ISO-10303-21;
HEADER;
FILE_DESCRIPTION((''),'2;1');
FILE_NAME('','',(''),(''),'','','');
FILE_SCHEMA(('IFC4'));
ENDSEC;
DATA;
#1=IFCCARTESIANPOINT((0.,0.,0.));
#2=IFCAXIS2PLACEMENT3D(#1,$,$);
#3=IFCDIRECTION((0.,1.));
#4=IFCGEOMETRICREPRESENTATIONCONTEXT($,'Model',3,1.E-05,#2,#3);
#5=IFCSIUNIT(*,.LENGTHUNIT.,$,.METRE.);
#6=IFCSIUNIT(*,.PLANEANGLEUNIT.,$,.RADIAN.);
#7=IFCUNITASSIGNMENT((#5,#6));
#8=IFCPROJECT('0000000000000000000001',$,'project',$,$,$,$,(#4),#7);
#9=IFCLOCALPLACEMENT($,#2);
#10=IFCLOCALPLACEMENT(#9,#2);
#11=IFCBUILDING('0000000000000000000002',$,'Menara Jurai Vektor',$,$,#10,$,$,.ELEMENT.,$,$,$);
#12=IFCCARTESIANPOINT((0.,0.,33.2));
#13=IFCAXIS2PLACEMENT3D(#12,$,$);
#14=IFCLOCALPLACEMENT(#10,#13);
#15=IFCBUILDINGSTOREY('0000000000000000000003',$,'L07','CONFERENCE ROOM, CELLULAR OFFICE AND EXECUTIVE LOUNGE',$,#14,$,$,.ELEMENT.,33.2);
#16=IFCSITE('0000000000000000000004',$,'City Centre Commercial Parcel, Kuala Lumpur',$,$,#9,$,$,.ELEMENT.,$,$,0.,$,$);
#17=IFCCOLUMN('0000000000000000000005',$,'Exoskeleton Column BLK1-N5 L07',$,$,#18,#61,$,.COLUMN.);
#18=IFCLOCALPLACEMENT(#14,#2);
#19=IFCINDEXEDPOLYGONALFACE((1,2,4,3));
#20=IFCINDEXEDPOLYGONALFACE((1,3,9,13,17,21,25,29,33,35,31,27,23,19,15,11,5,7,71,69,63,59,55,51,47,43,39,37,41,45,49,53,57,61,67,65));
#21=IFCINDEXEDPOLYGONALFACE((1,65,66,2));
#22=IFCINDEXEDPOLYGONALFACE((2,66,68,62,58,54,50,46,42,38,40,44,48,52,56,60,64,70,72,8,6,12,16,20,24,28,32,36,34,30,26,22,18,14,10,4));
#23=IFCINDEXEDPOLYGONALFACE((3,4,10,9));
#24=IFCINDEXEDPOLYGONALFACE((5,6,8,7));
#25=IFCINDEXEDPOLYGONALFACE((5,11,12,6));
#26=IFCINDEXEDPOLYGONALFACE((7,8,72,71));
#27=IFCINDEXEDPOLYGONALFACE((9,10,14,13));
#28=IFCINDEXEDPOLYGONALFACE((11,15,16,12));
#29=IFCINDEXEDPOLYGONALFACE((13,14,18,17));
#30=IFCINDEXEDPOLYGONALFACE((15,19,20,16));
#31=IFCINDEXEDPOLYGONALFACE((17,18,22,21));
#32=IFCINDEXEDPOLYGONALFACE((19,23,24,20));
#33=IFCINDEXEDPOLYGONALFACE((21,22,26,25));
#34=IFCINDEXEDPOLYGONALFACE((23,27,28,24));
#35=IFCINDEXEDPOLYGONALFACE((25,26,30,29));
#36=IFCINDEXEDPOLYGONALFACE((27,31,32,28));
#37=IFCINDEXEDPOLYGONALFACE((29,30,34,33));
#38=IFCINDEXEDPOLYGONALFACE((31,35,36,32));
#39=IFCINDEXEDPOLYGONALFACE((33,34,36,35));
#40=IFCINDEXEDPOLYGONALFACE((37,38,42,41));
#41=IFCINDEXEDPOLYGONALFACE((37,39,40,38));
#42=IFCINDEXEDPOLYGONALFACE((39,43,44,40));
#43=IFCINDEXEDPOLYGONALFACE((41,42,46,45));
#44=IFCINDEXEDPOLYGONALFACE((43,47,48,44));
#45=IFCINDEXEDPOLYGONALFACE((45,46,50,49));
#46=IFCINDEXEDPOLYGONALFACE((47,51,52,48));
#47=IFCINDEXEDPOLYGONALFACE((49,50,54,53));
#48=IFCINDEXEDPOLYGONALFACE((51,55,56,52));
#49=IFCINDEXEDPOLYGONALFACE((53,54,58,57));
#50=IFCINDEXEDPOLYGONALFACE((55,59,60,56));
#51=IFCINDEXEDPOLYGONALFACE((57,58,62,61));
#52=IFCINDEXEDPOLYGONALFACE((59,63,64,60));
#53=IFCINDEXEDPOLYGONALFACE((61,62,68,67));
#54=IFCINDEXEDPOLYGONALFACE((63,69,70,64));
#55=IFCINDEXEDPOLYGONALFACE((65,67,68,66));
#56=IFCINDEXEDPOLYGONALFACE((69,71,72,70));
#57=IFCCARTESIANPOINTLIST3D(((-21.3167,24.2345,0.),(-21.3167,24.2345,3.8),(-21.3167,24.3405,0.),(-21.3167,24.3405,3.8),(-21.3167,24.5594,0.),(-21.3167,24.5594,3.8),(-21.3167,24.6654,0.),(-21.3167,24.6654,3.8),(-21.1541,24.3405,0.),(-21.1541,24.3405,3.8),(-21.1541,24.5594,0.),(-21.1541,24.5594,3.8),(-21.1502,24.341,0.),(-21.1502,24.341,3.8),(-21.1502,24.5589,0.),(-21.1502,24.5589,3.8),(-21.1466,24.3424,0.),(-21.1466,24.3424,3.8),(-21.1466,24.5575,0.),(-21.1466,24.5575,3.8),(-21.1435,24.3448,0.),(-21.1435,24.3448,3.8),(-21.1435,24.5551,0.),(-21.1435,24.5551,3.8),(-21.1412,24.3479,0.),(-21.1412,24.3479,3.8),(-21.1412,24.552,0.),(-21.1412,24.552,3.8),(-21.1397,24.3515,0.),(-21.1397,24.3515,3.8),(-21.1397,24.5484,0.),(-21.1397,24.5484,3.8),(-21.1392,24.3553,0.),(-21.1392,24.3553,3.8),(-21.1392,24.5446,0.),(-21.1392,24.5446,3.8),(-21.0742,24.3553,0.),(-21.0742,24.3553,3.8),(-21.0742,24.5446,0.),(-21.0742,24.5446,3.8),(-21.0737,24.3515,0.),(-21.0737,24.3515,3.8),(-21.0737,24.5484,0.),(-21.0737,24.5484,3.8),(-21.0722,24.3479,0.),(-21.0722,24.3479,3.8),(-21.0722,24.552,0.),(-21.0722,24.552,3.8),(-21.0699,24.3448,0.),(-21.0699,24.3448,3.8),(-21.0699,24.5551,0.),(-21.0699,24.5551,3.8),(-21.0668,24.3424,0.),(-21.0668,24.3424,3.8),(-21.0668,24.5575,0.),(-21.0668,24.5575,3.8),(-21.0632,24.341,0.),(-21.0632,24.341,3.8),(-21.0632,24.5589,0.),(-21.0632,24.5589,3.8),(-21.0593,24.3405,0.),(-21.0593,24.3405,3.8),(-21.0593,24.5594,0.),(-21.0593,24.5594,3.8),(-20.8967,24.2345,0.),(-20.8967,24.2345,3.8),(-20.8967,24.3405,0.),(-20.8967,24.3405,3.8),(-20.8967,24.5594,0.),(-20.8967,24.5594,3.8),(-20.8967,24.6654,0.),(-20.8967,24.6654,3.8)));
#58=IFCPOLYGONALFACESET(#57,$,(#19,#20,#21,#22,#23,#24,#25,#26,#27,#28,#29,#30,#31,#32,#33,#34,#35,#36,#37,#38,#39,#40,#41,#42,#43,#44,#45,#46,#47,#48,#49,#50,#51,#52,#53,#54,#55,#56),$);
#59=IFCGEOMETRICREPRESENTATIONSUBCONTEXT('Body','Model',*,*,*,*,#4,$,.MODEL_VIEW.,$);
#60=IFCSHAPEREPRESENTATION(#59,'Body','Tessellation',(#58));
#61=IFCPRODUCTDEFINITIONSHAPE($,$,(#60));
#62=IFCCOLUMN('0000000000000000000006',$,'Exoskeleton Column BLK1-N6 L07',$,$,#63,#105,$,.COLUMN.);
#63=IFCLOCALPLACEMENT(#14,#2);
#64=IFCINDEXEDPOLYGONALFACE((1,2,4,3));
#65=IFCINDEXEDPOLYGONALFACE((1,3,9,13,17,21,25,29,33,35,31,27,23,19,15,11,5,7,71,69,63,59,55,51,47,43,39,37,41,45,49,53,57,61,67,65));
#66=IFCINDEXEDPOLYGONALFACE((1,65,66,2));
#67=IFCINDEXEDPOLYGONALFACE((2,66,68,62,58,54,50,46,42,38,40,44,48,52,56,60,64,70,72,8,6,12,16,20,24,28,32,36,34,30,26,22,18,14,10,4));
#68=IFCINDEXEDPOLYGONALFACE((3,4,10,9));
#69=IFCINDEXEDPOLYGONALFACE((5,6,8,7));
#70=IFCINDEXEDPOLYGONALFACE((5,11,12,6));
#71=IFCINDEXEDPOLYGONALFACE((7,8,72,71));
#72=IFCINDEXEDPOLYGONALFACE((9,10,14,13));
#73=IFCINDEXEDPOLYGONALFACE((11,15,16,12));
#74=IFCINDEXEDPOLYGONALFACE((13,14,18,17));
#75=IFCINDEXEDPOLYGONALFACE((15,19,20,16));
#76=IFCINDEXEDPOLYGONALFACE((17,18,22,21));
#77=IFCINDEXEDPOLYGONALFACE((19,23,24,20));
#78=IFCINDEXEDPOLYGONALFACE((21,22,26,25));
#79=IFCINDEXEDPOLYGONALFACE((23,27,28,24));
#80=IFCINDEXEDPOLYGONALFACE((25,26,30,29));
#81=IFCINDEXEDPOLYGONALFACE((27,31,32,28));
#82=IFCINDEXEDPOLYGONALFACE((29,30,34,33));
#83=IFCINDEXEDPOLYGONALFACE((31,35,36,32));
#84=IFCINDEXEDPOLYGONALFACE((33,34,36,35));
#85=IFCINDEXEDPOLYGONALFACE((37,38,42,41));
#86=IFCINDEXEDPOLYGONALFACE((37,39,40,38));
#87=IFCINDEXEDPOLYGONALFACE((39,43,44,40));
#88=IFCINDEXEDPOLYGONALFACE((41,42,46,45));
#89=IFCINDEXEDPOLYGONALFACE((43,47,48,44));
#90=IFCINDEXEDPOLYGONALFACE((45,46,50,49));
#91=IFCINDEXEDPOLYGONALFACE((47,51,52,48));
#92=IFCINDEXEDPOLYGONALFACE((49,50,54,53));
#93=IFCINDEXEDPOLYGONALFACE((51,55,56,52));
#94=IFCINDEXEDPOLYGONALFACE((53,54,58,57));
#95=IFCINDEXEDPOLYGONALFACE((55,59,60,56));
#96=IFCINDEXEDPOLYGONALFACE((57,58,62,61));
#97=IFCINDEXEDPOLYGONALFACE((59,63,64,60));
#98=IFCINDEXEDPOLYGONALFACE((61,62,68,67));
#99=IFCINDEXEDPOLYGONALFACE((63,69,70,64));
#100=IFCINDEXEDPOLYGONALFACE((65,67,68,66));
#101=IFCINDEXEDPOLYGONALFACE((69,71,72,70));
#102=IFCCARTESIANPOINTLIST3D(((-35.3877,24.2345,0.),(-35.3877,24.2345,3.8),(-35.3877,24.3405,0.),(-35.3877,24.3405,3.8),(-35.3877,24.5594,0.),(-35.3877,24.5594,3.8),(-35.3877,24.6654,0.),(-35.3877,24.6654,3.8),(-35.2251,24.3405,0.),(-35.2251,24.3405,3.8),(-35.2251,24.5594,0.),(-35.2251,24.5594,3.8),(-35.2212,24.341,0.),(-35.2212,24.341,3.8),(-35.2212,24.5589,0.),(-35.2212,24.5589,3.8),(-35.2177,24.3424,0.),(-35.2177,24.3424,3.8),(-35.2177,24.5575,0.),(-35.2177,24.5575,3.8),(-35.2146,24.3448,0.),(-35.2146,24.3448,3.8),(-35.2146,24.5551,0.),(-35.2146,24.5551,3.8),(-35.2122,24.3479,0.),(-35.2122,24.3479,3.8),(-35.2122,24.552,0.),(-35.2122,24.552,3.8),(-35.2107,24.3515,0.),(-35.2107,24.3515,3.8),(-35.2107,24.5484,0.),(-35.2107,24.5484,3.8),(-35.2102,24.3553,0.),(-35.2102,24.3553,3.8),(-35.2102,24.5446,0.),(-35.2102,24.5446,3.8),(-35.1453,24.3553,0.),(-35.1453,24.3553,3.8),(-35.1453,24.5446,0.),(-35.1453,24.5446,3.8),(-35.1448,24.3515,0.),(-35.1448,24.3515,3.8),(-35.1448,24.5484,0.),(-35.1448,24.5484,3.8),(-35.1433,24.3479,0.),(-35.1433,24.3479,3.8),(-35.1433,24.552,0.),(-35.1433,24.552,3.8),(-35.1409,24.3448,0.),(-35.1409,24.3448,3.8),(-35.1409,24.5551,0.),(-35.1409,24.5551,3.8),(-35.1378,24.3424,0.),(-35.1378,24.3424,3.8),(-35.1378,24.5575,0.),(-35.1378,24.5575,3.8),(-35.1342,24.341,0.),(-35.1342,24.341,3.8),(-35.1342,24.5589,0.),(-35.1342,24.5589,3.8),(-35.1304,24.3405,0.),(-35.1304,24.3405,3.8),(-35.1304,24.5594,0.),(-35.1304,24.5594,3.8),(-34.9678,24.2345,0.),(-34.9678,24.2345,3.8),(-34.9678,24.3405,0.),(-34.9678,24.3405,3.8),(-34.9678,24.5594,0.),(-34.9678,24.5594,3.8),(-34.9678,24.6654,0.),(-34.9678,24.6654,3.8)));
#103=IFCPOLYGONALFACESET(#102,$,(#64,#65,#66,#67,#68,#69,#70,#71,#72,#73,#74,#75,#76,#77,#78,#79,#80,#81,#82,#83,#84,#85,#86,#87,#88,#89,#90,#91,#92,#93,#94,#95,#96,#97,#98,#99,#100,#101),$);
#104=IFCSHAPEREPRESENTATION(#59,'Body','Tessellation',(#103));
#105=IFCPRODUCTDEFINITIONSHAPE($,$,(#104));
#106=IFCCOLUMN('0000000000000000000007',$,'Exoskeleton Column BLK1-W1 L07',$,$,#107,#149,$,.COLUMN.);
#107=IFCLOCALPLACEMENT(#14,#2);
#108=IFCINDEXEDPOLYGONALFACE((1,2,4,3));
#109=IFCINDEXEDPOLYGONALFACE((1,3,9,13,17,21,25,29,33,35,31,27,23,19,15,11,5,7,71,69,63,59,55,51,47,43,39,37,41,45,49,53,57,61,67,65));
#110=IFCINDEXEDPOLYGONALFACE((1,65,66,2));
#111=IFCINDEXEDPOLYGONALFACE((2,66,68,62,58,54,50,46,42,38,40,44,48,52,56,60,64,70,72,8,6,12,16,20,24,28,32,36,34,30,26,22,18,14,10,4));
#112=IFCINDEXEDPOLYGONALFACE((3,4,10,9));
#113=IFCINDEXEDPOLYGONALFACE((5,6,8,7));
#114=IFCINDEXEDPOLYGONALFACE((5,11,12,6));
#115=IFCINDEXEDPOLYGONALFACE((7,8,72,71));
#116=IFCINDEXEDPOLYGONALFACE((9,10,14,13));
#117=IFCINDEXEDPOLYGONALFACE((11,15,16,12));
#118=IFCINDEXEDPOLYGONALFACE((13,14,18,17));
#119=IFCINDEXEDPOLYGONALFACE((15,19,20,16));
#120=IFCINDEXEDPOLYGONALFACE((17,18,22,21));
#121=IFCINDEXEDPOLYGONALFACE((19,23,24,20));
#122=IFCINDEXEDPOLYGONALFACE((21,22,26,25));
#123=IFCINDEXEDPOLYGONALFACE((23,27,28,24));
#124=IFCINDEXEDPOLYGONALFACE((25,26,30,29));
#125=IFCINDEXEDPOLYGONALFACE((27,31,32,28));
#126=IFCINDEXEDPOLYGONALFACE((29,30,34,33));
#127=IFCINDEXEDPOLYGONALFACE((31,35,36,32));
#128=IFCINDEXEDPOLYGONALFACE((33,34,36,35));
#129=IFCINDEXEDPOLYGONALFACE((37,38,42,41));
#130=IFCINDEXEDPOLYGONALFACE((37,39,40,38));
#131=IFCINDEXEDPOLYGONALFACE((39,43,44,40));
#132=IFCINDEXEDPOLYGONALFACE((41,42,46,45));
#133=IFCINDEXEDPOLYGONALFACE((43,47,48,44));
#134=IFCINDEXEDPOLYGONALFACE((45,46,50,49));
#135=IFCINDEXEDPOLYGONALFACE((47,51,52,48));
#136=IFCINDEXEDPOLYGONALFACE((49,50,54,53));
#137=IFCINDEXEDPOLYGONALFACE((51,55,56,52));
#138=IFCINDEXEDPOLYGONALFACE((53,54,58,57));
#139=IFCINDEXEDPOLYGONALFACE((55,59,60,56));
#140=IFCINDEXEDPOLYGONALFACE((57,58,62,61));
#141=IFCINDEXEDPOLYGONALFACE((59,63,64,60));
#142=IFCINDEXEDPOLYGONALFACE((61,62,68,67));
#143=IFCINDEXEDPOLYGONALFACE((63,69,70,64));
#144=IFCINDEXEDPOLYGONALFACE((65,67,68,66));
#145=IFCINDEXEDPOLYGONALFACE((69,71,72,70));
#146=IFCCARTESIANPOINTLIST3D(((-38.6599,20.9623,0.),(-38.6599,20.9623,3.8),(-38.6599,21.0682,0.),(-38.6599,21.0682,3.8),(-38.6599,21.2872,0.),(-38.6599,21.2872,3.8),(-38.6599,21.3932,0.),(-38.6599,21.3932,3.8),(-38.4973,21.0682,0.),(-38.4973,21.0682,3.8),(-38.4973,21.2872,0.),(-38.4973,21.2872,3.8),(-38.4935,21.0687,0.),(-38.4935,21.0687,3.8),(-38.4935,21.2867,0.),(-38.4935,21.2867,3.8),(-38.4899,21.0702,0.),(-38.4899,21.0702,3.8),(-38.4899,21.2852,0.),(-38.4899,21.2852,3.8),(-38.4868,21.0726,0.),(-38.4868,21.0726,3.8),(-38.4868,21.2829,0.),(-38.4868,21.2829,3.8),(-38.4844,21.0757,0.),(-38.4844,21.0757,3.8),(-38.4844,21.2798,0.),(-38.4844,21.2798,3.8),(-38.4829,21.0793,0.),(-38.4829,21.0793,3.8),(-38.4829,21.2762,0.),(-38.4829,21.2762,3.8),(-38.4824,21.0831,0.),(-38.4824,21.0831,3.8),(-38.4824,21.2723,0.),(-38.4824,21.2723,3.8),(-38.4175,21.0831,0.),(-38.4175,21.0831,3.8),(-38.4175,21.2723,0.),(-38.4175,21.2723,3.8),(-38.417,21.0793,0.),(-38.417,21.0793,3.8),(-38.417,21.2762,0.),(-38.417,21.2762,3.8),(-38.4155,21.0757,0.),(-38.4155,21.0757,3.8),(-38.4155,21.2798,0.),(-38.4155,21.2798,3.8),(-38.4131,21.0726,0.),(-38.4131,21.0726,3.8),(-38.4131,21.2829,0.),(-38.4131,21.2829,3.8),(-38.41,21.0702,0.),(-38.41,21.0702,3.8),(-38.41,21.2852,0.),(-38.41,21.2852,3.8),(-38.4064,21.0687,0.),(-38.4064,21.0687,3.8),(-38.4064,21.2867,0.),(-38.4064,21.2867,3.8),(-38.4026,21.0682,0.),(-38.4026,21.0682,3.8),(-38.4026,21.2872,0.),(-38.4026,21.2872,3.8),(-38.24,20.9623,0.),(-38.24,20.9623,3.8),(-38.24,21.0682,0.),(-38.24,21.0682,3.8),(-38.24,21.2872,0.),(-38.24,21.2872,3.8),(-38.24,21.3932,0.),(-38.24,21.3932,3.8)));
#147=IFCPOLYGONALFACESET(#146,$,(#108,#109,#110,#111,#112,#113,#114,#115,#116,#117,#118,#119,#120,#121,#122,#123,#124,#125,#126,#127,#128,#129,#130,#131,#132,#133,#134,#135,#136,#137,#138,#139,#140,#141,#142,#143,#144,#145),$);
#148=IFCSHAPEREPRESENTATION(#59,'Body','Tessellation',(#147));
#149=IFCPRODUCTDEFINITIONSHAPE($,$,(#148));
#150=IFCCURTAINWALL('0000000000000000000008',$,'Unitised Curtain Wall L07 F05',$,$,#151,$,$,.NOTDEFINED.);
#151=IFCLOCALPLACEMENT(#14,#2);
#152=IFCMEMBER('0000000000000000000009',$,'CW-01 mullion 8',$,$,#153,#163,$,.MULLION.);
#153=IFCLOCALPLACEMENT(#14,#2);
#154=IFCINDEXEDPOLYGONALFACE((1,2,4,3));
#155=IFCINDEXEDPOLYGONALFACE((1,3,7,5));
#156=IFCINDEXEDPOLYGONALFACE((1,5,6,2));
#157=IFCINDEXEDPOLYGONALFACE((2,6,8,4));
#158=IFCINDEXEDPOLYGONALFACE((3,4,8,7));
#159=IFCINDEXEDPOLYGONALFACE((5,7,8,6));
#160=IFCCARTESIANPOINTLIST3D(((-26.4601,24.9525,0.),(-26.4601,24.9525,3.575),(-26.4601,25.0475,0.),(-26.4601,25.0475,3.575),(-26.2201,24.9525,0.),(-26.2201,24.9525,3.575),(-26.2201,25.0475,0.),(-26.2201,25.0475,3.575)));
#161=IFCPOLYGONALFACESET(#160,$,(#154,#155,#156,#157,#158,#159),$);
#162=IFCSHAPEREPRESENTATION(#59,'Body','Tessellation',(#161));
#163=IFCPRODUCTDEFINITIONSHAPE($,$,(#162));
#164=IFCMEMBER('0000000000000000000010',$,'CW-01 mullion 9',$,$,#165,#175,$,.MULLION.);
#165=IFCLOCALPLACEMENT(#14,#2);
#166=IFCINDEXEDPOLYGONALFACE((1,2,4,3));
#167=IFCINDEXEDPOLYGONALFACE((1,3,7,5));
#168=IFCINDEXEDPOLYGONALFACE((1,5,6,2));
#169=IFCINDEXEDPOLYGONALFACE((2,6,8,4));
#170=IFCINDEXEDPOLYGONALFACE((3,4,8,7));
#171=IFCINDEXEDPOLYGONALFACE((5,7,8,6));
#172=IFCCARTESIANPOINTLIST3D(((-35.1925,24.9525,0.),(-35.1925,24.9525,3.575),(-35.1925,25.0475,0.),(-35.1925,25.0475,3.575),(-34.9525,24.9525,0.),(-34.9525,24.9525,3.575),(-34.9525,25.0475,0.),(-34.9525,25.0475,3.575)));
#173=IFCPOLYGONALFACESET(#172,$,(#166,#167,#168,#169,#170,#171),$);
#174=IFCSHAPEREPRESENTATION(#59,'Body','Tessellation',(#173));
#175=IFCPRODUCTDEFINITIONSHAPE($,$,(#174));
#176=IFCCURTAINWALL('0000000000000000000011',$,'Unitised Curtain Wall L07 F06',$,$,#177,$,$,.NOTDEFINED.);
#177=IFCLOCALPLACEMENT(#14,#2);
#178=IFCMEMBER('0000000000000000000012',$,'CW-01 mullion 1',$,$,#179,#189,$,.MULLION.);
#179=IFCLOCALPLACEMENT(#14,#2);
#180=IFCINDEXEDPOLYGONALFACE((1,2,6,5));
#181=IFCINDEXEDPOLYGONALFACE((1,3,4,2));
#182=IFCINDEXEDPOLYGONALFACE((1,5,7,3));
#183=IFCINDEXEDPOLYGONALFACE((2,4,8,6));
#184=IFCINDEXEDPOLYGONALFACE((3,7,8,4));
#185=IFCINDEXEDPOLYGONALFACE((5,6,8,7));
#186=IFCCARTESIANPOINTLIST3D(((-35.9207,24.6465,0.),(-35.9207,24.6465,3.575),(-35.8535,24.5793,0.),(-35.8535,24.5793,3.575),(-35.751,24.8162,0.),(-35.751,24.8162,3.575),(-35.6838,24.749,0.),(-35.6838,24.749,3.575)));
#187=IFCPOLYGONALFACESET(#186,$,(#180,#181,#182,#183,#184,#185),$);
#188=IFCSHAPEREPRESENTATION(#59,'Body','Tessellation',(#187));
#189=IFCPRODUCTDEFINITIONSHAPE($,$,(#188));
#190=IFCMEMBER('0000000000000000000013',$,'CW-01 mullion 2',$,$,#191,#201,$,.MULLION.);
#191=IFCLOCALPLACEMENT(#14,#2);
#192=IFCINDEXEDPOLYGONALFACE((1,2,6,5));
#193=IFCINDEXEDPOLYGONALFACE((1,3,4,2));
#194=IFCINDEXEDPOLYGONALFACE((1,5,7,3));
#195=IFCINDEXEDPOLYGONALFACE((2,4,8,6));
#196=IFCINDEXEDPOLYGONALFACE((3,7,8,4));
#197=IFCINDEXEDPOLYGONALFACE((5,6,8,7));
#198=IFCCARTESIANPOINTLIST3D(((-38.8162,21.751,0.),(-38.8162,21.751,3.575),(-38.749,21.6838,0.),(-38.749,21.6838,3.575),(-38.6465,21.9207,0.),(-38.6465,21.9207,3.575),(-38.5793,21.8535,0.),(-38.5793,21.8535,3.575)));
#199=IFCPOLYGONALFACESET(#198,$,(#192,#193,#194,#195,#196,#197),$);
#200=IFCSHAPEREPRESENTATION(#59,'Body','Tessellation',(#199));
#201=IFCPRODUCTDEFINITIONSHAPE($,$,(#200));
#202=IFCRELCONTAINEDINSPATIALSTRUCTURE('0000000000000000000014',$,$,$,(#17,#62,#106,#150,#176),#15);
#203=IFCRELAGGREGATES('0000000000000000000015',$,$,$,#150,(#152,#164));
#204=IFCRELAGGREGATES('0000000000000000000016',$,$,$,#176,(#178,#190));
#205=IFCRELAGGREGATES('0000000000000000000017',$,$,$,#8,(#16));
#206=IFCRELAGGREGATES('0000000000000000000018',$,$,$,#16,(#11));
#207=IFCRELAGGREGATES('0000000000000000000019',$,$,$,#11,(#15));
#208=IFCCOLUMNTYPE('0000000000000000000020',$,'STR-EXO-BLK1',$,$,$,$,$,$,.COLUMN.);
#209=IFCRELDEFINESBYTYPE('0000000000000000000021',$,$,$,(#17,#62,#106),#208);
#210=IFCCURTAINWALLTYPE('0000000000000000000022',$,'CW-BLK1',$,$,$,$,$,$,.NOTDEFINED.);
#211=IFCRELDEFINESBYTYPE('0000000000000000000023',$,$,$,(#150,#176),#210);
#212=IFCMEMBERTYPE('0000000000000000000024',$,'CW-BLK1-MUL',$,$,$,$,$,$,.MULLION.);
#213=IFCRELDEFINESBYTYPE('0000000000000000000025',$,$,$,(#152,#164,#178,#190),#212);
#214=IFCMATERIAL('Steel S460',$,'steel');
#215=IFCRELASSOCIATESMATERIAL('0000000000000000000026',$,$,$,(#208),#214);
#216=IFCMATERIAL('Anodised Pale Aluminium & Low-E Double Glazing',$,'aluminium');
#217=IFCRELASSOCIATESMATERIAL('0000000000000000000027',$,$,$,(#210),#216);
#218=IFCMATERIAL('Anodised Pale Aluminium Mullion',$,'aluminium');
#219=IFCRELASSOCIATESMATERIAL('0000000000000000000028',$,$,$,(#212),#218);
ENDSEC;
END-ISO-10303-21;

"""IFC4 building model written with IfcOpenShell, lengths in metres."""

from ifc_helpers import new_model, si_unit, direction, frame, origin, origin_2d, place, context, subcontext, project, spatial, rectangle, i_section, extrude, material, material_profile, profile_set, type_object, element, aggregate, save


model = new_model("IFC4")

# Units and contexts
model_context = context("Model", 3, precision=1e-05, world=origin(), true_north=direction((0.0, 1.0)))
body_context = subcontext(model_context, "Body", "Model", "MODEL_VIEW")
ifc_project = project(units=[si_unit("LENGTHUNIT", "METRE"), si_unit("PLANEANGLEUNIT", "RADIAN")], contexts=[model_context])

# Site, building, storey
site_placement = place(None, origin())
site = spatial("IfcSite", under=ifc_project, at=site_placement, Name="City Centre Commercial Parcel, Kuala Lumpur", CompositionType="ELEMENT", RefElevation=0.0)
building_placement = place(site_placement, origin())
building = spatial("IfcBuilding", under=site, at=building_placement, Name="Menara Jurai Vektor", CompositionType="ELEMENT")
storey_placement = place(building_placement, frame((0.0, 0.0, 33.2)))
storey = spatial("IfcBuildingStorey", under=building, at=storey_placement, Name="L07", Description="CONFERENCE ROOM, CELLULAR OFFICE AND EXECUTIVE LOUNGE", CompositionType="ELEMENT", Elevation=33.2)

# Columns
ifc_material_1 = material(Name="Steel S460", Category="steel")
ifc_material_profile_1 = material_profile(ifc_material_1, i_section(OverallWidth=0.4199, OverallDepth=0.4309, WebThickness=0.0649, FlangeThickness=0.106, FilletRadius=0.0149, at=origin_2d()), Name="HD 400x900")
ifc_profile_set_1 = profile_set([ifc_material_profile_1], Name="Steel S460")
column_type = type_object("IfcColumnType", Name="STR-EXO-BLK1", PredefinedType="COLUMN", material=ifc_profile_set_1)
for number, where, z_axis, x_axis, name in (
    (1, (-21.1067, 24.45, 0.0), (0.0, 0.0, 1.0), (1.0, 0.0, 0.0), "Exoskeleton Column BLK1-N5 L07"),
    (2, (-35.1777, 24.45, 0.0), (0.0, 0.0, 1.0), (1.0, 0.0, 0.0), "Exoskeleton Column BLK1-N6 L07"),
    (3, (-38.45, 21.1777, 0.0), (0.0, 0.0, 1.0), (1.0, 0.0, 0.0), "Exoskeleton Column BLK1-W1 L07"),
):
    element("IfcColumn", number, at=place(storey_placement, frame(where, z_axis=z_axis, x_axis=x_axis)), inside=storey, type_object=column_type, Name=name, PredefinedType="COLUMN", context=body_context, shape_type="SweptSolid", body=[
        extrude(i_section(OverallWidth=0.4199, OverallDepth=0.4309, WebThickness=0.0649, FlangeThickness=0.106, FilletRadius=0.0149, at=origin_2d()), origin(), (0.0, 0.0, 1.0), 3.8),
    ])

# Curtain walls, members
ifc_material_2 = material(Name="Anodised Pale Aluminium & Low-E Double Glazing", Category="aluminium")
curtain_wall_type = type_object("IfcCurtainWallType", Name="CW-BLK1", PredefinedType="NOTDEFINED", material=ifc_material_2)
curtain_wall_1_placement = place(storey_placement, origin())
curtain_wall_1 = element("IfcCurtainWall", 4, at=curtain_wall_1_placement, inside=storey, type_object=curtain_wall_type, Name="Unitised Curtain Wall L07 F05", PredefinedType="NOTDEFINED")
ifc_material_3 = material(Name="Anodised Pale Aluminium Mullion", Category="aluminium")
ifc_material_profile_2 = material_profile(ifc_material_3, rectangle(XDim=0.095, YDim=0.24, at=origin_2d()), Name="ALU MUL 95x240")
ifc_profile_set_2 = profile_set([ifc_material_profile_2], Name="Anodised Pale Aluminium Mullion")
member_type_1 = type_object("IfcMemberType", Name="CW-BLK1-MUL", PredefinedType="MULLION", material=ifc_profile_set_2)
member_1_placement = place(storey_placement, frame((-26.3401, 25.0, 0.0), z_axis=(0.0, 0.0, 1.0), x_axis=(0.0, -1.0, 0.0)))
member_1 = element("IfcMember", 5, at=member_1_placement, type_object=member_type_1, Name="CW-01 mullion 8", PredefinedType="MULLION", context=body_context, shape_type="SweptSolid", body=[
    extrude(rectangle(XDim=0.095, YDim=0.24, at=origin_2d()), origin(), (0.0, 0.0, 1.0), 3.575),
])
member_2_placement = place(storey_placement, frame((-35.0725, 25.0, 0.0), z_axis=(0.0, 0.0, 1.0), x_axis=(0.0, -1.0, 0.0)))
member_2 = element("IfcMember", 6, at=member_2_placement, type_object=member_type_1, Name="CW-01 mullion 9", PredefinedType="MULLION", context=body_context, shape_type="SweptSolid", body=[
    extrude(rectangle(XDim=0.095, YDim=0.24, at=origin_2d()), origin(), (0.0, 0.0, 1.0), 3.575),
])
curtain_wall_2_placement = place(storey_placement, origin())
curtain_wall_2 = element("IfcCurtainWall", 7, at=curtain_wall_2_placement, inside=storey, type_object=curtain_wall_type, Name="Unitised Curtain Wall L07 F06", PredefinedType="NOTDEFINED")
member_3_placement = place(storey_placement, frame((-35.8022, 24.6978, 0.0), z_axis=(0.0, 0.0, 1.0), x_axis=(0.707107, -0.707107, 0.0)))
member_3 = element("IfcMember", 8, at=member_3_placement, type_object=member_type_1, Name="CW-01 mullion 1", PredefinedType="MULLION", context=body_context, shape_type="SweptSolid", body=[
    extrude(rectangle(XDim=0.095, YDim=0.24, at=origin_2d()), origin(), (0.0, 0.0, 1.0), 3.575),
])
member_4_placement = place(storey_placement, frame((-38.6978, 21.8022, 0.0), z_axis=(0.0, 0.0, 1.0), x_axis=(0.707107, -0.707107, 0.0)))
member_4 = element("IfcMember", 9, at=member_4_placement, type_object=member_type_1, Name="CW-01 mullion 2", PredefinedType="MULLION", context=body_context, shape_type="SweptSolid", body=[
    extrude(rectangle(XDim=0.095, YDim=0.24, at=origin_2d()), origin(), (0.0, 0.0, 1.0), 3.575),
])

aggregate(curtain_wall_1, [member_1, member_2])
aggregate(curtain_wall_2, [member_3, member_4])

save(model, "model.ifc")
